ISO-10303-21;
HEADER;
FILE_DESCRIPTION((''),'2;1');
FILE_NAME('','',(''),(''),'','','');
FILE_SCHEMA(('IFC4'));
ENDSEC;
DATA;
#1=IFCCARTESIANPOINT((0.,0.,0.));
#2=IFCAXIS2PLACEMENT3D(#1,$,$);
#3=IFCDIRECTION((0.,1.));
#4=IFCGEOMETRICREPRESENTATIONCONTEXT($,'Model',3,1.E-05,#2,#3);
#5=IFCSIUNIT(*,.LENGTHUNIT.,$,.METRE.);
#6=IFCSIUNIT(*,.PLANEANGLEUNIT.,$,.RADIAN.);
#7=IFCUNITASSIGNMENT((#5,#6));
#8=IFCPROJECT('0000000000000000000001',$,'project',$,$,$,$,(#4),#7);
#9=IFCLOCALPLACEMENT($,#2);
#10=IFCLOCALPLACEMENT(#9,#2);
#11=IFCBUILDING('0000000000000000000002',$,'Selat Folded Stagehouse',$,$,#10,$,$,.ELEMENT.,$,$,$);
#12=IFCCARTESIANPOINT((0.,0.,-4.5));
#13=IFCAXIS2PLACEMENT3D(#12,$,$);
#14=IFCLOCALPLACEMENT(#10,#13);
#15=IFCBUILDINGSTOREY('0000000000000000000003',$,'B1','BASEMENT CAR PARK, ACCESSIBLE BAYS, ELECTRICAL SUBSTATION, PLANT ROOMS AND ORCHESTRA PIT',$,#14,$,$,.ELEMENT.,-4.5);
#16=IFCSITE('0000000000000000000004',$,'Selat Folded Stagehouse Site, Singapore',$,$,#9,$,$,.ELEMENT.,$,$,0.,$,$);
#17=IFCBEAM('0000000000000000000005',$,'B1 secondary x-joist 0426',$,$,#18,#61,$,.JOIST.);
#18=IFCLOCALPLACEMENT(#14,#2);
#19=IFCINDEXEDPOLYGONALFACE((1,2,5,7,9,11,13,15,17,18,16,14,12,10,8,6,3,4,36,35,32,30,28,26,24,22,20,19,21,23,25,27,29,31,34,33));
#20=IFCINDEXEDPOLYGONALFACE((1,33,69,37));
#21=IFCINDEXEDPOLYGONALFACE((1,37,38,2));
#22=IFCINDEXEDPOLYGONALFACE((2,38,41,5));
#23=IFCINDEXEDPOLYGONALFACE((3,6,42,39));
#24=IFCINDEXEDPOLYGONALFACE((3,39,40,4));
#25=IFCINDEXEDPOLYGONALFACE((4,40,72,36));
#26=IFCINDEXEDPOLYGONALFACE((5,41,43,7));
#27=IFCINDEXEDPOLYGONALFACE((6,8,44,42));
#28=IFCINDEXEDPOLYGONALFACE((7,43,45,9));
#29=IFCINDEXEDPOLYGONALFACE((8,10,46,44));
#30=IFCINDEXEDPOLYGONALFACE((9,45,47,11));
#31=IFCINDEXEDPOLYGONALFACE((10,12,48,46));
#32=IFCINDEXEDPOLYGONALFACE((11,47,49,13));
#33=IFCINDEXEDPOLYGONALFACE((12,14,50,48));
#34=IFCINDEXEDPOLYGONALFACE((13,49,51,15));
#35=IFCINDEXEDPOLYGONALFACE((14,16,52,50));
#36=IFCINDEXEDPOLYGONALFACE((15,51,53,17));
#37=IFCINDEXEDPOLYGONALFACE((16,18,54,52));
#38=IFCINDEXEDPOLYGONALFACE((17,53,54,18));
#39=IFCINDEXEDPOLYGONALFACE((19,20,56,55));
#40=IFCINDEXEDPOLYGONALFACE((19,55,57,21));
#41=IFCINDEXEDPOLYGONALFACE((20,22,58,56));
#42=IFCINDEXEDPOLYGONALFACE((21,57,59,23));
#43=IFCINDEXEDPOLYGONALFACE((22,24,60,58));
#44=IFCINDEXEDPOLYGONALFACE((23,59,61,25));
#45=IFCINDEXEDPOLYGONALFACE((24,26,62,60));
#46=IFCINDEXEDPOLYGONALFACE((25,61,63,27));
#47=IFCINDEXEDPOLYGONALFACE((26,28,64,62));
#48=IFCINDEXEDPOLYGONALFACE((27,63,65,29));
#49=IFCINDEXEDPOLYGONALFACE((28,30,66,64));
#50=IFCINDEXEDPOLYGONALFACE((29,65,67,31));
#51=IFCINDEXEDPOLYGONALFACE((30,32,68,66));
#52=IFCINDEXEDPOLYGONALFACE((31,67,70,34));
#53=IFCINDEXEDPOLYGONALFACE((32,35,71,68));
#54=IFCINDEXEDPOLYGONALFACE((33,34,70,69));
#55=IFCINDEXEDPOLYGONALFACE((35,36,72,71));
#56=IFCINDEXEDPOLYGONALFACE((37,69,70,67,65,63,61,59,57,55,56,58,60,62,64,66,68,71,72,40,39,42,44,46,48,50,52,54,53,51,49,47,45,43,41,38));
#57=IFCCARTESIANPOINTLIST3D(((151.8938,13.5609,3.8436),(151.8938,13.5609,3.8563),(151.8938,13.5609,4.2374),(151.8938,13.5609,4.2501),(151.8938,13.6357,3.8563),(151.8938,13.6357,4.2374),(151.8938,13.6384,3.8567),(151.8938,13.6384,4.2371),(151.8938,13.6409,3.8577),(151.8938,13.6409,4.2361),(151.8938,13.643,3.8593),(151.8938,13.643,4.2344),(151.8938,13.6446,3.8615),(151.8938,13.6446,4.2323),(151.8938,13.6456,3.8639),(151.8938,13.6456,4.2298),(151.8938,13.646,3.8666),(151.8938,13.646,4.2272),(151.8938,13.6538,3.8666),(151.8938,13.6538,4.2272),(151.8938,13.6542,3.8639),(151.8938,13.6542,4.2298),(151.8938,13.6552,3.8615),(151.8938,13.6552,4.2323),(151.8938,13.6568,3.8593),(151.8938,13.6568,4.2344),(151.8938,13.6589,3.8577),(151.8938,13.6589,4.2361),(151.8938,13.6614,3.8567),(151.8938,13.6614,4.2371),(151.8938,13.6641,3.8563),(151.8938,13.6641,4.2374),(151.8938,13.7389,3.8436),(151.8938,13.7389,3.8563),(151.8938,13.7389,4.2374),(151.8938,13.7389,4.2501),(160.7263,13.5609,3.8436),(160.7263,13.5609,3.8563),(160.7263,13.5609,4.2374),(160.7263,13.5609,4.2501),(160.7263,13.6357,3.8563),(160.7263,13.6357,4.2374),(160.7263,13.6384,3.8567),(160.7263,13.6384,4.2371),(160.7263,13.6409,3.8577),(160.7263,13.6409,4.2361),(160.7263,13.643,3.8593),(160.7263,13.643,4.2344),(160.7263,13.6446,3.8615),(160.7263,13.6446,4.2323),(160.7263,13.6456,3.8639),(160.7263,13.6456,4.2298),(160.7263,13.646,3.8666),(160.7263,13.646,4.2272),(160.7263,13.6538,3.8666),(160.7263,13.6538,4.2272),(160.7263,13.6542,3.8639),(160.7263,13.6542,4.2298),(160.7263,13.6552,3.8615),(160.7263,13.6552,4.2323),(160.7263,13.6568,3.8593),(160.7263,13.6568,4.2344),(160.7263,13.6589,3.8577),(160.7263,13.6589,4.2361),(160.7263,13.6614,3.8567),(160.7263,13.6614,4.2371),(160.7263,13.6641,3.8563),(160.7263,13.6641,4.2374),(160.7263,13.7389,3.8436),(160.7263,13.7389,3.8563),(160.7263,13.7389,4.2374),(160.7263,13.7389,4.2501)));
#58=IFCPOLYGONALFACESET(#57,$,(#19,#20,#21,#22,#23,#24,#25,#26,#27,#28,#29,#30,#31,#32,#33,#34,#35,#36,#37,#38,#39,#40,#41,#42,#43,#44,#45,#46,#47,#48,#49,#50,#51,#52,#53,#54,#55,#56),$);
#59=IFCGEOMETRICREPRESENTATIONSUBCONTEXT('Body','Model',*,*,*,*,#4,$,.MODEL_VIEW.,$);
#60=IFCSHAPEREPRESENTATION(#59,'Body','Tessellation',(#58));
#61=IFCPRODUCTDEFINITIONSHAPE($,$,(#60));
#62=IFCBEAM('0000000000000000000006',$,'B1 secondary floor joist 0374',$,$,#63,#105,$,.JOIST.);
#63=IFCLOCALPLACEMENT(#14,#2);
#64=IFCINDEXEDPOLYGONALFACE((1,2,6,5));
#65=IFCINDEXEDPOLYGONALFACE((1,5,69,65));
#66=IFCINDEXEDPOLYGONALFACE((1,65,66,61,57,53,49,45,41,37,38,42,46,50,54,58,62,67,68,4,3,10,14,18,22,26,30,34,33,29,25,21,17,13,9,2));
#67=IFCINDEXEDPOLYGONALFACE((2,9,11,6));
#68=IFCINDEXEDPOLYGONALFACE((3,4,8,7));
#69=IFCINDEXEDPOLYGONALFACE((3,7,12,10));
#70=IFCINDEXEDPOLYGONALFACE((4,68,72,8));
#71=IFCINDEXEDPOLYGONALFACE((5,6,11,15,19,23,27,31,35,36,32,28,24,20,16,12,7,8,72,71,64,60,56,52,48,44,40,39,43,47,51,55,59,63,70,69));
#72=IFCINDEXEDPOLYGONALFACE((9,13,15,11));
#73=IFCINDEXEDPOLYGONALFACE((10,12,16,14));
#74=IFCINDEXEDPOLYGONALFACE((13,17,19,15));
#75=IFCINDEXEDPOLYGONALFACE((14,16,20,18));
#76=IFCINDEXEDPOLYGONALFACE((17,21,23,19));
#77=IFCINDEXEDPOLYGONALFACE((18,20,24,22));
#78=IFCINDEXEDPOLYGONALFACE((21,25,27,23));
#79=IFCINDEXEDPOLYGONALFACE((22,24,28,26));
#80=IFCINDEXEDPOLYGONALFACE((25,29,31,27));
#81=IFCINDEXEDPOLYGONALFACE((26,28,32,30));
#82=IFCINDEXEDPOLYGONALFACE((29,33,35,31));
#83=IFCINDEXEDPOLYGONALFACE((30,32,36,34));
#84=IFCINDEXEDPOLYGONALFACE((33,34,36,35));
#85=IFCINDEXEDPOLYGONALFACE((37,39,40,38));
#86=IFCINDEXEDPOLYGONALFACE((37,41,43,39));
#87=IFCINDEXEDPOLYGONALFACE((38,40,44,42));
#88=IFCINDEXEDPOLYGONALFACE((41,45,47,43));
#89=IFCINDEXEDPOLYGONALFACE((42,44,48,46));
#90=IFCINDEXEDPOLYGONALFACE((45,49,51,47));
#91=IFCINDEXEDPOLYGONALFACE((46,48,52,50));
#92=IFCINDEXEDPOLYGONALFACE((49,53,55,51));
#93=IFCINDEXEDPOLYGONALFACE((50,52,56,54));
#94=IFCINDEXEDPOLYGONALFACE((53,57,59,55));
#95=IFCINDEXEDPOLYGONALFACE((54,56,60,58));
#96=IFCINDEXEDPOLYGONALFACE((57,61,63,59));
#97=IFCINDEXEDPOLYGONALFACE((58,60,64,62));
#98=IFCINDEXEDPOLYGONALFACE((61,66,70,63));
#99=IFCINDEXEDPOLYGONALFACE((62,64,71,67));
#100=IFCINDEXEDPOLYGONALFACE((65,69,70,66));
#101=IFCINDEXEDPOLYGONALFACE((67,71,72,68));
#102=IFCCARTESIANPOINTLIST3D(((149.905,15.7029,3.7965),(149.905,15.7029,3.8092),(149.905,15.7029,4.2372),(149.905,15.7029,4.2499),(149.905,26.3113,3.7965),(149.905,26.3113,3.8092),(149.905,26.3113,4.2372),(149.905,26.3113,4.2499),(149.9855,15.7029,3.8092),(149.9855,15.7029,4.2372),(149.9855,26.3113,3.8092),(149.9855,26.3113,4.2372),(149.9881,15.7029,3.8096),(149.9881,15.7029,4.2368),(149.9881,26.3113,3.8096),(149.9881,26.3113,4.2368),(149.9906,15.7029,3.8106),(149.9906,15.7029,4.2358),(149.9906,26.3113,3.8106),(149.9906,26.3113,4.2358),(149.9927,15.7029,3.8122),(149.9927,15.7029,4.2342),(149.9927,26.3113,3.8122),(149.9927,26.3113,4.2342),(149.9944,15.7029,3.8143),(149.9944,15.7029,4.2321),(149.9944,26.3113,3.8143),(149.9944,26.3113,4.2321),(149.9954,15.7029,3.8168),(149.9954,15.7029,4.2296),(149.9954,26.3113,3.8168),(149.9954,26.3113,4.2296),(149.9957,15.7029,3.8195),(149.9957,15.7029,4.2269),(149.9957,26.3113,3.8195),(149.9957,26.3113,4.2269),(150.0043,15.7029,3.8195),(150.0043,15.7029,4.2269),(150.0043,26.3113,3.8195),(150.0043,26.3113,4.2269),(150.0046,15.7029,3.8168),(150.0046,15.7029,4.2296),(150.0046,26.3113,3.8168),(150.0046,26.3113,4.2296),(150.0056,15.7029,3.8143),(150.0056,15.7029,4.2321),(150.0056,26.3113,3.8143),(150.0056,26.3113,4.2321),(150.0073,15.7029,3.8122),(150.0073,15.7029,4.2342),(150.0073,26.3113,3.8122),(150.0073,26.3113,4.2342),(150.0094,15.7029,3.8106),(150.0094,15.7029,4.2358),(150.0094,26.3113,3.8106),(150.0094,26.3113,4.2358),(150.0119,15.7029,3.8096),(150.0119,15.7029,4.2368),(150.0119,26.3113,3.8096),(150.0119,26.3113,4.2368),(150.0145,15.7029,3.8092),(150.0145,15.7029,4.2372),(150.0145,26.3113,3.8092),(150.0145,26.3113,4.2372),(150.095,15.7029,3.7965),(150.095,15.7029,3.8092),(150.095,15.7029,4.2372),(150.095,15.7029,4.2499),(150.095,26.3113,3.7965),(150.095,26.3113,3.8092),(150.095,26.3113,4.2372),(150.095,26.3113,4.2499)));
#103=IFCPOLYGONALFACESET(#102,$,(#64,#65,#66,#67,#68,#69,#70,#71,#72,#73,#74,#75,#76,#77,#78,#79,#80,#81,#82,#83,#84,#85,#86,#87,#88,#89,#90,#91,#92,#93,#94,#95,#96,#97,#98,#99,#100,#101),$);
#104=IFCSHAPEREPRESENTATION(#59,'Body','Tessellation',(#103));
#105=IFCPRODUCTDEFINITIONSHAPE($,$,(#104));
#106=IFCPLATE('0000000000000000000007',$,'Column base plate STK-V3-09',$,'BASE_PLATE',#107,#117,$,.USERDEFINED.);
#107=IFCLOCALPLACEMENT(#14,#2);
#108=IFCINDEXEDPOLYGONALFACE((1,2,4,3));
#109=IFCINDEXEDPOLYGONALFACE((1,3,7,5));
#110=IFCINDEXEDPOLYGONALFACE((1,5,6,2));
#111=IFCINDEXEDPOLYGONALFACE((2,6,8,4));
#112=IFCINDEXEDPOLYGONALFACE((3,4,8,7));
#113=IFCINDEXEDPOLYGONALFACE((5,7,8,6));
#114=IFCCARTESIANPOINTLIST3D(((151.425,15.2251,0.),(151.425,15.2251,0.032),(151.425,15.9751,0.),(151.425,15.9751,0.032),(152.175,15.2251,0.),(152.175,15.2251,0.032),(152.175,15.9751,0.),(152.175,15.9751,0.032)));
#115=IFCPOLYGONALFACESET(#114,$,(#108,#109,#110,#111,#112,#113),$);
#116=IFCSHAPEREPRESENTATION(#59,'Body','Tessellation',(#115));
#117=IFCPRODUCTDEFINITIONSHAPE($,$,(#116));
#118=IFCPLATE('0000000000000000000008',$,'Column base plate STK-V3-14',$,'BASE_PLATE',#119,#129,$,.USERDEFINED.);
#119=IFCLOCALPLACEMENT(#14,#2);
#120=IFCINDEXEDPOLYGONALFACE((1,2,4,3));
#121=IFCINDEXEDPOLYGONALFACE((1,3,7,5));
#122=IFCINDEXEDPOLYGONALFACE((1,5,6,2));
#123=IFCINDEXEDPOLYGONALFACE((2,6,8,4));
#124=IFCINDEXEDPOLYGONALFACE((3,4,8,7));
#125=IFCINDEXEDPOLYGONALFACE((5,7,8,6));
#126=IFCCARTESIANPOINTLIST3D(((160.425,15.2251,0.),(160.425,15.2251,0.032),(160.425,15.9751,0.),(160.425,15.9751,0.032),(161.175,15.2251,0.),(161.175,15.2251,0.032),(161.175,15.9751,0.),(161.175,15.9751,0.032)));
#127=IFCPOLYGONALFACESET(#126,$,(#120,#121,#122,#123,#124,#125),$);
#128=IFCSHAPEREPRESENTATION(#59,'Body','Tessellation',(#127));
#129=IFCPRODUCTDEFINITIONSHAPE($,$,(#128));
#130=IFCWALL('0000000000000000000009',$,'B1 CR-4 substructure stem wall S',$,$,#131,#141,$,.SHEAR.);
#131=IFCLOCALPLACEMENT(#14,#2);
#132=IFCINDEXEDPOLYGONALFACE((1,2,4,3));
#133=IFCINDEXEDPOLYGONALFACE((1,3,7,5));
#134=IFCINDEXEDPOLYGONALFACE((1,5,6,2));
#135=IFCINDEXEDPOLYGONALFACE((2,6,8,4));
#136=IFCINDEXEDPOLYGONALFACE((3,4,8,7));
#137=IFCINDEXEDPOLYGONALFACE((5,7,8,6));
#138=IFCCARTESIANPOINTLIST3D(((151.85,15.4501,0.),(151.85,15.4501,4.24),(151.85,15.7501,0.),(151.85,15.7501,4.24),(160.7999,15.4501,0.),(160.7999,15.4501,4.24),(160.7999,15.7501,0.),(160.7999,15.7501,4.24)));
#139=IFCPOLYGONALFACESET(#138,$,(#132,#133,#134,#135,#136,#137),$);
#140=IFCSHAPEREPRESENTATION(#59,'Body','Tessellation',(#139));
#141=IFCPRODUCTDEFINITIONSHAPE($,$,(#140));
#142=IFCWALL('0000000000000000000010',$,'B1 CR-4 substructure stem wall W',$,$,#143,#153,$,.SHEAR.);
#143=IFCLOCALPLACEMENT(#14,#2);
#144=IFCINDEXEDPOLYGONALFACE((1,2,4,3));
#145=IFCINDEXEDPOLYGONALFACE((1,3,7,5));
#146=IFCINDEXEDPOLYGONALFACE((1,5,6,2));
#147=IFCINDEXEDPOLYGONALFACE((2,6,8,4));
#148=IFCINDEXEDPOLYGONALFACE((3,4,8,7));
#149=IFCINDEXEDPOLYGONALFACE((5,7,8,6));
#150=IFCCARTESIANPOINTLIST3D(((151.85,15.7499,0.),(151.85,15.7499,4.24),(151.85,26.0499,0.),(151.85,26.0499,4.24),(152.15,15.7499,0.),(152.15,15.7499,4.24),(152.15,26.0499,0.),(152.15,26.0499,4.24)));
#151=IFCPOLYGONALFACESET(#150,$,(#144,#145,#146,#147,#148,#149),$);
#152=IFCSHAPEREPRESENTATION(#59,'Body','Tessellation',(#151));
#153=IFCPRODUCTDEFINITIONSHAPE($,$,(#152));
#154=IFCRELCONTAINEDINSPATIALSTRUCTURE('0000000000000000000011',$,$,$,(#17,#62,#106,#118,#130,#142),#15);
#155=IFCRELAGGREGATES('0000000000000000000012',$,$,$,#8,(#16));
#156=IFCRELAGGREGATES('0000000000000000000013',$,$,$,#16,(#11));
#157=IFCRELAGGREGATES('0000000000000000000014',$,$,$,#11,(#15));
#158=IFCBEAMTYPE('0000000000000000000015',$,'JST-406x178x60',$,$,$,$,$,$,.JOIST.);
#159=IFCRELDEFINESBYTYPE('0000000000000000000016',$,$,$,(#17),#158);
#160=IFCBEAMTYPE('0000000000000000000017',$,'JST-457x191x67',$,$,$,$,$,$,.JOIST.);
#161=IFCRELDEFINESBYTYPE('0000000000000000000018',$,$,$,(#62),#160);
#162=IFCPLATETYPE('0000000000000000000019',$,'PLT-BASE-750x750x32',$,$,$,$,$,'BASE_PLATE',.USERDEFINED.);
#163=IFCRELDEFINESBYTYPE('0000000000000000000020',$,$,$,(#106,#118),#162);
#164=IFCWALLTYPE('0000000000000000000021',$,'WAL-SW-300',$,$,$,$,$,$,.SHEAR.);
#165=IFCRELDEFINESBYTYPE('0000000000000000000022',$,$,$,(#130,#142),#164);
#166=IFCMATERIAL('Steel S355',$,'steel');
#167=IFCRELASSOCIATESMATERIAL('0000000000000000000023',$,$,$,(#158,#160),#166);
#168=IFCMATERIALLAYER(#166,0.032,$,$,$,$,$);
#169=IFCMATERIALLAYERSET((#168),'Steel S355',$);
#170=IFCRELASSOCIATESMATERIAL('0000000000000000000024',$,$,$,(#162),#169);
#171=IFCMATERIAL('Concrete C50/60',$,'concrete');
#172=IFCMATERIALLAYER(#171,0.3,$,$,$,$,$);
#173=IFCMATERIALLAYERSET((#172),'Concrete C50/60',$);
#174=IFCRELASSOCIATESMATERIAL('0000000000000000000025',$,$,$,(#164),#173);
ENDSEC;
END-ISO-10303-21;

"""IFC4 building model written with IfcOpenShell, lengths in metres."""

from ifc_helpers import new_model, si_unit, direction, frame, frame_2d, origin, origin_2d, place, context, subcontext, project, spatial, rectangle, i_section, extrude, material, layer, layer_set, material_profile, profile_set, type_object, element, save


model = new_model("IFC4")

# Units and contexts
model_context = context("Model", 3, precision=1e-05, world=origin(), true_north=direction((0.0, 1.0)))
body_context = subcontext(model_context, "Body", "Model", "MODEL_VIEW")
ifc_project = project(units=[si_unit("LENGTHUNIT", "METRE"), si_unit("PLANEANGLEUNIT", "RADIAN")], contexts=[model_context])

# Site, building, storey
site_placement = place(None, origin())
site = spatial("IfcSite", under=ifc_project, at=site_placement, Name="Selat Folded Stagehouse Site, Singapore", CompositionType="ELEMENT", RefElevation=0.0)
building_placement = place(site_placement, origin())
building = spatial("IfcBuilding", under=site, at=building_placement, Name="Selat Folded Stagehouse", CompositionType="ELEMENT")
storey_placement = place(building_placement, frame((0.0, 0.0, -4.5)))
storey = spatial("IfcBuildingStorey", under=building, at=storey_placement, Name="B1", Description="BASEMENT CAR PARK, ACCESSIBLE BAYS, ELECTRICAL SUBSTATION, PLANT ROOMS AND ORCHESTRA PIT", CompositionType="ELEMENT", Elevation=-4.5)

# Shared definitions
ifc_material_1 = material(Name="Steel S355", Category="steel")

# Beams
ifc_material_profile_1 = material_profile(ifc_material_1, i_section(OverallWidth=0.178, OverallDepth=0.4065, WebThickness=0.0078, FlangeThickness=0.0127, FilletRadius=0.0103, at=origin_2d()), Name="UKB 406x178x60")
ifc_profile_set_1 = profile_set([ifc_material_profile_1], Name="Steel S355")
beam_type_1 = type_object("IfcBeamType", Name="JST-406x178x60", PredefinedType="JOIST", material=ifc_profile_set_1)
for number, where, z_axis, x_axis, name in (
    (1, (151.8938, 13.6499, 4.0469), (1.0, 0.0, 0.0), (0.0, 1.0, 0.0), "B1 secondary x-joist 0426"),
):
    element("IfcBeam", number, at=place(storey_placement, frame(where, z_axis=z_axis, x_axis=x_axis)), inside=storey, type_object=beam_type_1, Name=name, PredefinedType="JOIST", context=body_context, shape_type="SweptSolid", body=[
        extrude(i_section(OverallWidth=0.178, OverallDepth=0.4065, WebThickness=0.0078, FlangeThickness=0.0127, FilletRadius=0.0103, at=origin_2d()), origin(), (0.0, 0.0, 1.0), 8.8325),
    ])
ifc_material_profile_2 = material_profile(ifc_material_1, i_section(OverallWidth=0.1899, OverallDepth=0.4534, WebThickness=0.0085, FlangeThickness=0.0127, FilletRadius=0.0103, at=origin_2d()), Name="UKB 457x191x67")
ifc_profile_set_2 = profile_set([ifc_material_profile_2], Name="Steel S355")
beam_type_2 = type_object("IfcBeamType", Name="JST-457x191x67", PredefinedType="JOIST", material=ifc_profile_set_2)
beam_1_placement = place(storey_placement, frame((150.0, 15.7029, 4.0232), z_axis=(0.0, 1.0, 0.0), x_axis=(-1.0, 0.0, 0.0)))
element("IfcBeam", 2, at=beam_1_placement, inside=storey, type_object=beam_type_2, Name="B1 secondary floor joist 0374", PredefinedType="JOIST", context=body_context, shape_type="SweptSolid", body=[
    extrude(i_section(OverallWidth=0.1899, OverallDepth=0.4534, WebThickness=0.0085, FlangeThickness=0.0127, FilletRadius=0.0103, at=origin_2d()), origin(), (0.0, 0.0, 1.0), 10.6084),
])

# Plates
ifc_layer_1 = layer(ifc_material_1, 0.032)
ifc_layer_set_1 = layer_set([ifc_layer_1], Name="Steel S355")
plate_type = type_object("IfcPlateType", Name="PLT-BASE-750x750x32", ElementType="BASE_PLATE", PredefinedType="USERDEFINED", material=ifc_layer_set_1)
for number, where, z_axis, x_axis, name in (
    (3, (151.8, 15.6001, 0.0), (0.0, 0.0, 1.0), (1.0, 0.0, 0.0), "Column base plate STK-V3-09"),
    (4, (160.8, 15.6001, 0.0), (0.0, 0.0, 1.0), (1.0, 0.0, 0.0), "Column base plate STK-V3-14"),
):
    element("IfcPlate", number, at=place(storey_placement, frame(where, z_axis=z_axis, x_axis=x_axis)), inside=storey, type_object=plate_type, Name=name, ObjectType="BASE_PLATE", PredefinedType="USERDEFINED", context=body_context, shape_type="SweptSolid", body=[
        extrude(rectangle(XDim=0.75, YDim=0.75, at=origin_2d()), origin(), (0.0, 0.0, 1.0), 0.032),
    ])

# Walls
ifc_material_2 = material(Name="Concrete C50/60", Category="concrete")
ifc_layer_2 = layer(ifc_material_2, 0.3)
ifc_layer_set_2 = layer_set([ifc_layer_2], Name="Concrete C50/60")
wall_type = type_object("IfcWallType", Name="WAL-SW-300", PredefinedType="SHEAR", material=ifc_layer_set_2)
wall_1_placement = place(storey_placement, frame((160.8, 15.6001, 0.0), z_axis=(0.0, 0.0, 1.0), x_axis=(-1.0, 0.0, 0.0)))
element("IfcWall", 5, at=wall_1_placement, inside=storey, type_object=wall_type, Name="B1 CR-4 substructure stem wall S", PredefinedType="SHEAR", context=body_context, shape_type="SweptSolid", body=[
    extrude(rectangle(XDim=8.95, YDim=0.3, at=frame_2d((4.4751, 0.0))), origin(), (0.0, 0.0, 1.0), 4.24),
])
wall_2_placement = place(storey_placement, frame((152.0, 15.75, 0.0), z_axis=(0.0, 0.0, 1.0), x_axis=(0.0, 1.0, 0.0)))
element("IfcWall", 6, at=wall_2_placement, inside=storey, type_object=wall_type, Name="B1 CR-4 substructure stem wall W", PredefinedType="SHEAR", context=body_context, shape_type="SweptSolid", body=[
    extrude(rectangle(XDim=10.3, YDim=0.3, at=frame_2d((5.1499, 0.0))), origin(), (0.0, 0.0, 1.0), 4.24),
])

save(model, "model.ifc")
